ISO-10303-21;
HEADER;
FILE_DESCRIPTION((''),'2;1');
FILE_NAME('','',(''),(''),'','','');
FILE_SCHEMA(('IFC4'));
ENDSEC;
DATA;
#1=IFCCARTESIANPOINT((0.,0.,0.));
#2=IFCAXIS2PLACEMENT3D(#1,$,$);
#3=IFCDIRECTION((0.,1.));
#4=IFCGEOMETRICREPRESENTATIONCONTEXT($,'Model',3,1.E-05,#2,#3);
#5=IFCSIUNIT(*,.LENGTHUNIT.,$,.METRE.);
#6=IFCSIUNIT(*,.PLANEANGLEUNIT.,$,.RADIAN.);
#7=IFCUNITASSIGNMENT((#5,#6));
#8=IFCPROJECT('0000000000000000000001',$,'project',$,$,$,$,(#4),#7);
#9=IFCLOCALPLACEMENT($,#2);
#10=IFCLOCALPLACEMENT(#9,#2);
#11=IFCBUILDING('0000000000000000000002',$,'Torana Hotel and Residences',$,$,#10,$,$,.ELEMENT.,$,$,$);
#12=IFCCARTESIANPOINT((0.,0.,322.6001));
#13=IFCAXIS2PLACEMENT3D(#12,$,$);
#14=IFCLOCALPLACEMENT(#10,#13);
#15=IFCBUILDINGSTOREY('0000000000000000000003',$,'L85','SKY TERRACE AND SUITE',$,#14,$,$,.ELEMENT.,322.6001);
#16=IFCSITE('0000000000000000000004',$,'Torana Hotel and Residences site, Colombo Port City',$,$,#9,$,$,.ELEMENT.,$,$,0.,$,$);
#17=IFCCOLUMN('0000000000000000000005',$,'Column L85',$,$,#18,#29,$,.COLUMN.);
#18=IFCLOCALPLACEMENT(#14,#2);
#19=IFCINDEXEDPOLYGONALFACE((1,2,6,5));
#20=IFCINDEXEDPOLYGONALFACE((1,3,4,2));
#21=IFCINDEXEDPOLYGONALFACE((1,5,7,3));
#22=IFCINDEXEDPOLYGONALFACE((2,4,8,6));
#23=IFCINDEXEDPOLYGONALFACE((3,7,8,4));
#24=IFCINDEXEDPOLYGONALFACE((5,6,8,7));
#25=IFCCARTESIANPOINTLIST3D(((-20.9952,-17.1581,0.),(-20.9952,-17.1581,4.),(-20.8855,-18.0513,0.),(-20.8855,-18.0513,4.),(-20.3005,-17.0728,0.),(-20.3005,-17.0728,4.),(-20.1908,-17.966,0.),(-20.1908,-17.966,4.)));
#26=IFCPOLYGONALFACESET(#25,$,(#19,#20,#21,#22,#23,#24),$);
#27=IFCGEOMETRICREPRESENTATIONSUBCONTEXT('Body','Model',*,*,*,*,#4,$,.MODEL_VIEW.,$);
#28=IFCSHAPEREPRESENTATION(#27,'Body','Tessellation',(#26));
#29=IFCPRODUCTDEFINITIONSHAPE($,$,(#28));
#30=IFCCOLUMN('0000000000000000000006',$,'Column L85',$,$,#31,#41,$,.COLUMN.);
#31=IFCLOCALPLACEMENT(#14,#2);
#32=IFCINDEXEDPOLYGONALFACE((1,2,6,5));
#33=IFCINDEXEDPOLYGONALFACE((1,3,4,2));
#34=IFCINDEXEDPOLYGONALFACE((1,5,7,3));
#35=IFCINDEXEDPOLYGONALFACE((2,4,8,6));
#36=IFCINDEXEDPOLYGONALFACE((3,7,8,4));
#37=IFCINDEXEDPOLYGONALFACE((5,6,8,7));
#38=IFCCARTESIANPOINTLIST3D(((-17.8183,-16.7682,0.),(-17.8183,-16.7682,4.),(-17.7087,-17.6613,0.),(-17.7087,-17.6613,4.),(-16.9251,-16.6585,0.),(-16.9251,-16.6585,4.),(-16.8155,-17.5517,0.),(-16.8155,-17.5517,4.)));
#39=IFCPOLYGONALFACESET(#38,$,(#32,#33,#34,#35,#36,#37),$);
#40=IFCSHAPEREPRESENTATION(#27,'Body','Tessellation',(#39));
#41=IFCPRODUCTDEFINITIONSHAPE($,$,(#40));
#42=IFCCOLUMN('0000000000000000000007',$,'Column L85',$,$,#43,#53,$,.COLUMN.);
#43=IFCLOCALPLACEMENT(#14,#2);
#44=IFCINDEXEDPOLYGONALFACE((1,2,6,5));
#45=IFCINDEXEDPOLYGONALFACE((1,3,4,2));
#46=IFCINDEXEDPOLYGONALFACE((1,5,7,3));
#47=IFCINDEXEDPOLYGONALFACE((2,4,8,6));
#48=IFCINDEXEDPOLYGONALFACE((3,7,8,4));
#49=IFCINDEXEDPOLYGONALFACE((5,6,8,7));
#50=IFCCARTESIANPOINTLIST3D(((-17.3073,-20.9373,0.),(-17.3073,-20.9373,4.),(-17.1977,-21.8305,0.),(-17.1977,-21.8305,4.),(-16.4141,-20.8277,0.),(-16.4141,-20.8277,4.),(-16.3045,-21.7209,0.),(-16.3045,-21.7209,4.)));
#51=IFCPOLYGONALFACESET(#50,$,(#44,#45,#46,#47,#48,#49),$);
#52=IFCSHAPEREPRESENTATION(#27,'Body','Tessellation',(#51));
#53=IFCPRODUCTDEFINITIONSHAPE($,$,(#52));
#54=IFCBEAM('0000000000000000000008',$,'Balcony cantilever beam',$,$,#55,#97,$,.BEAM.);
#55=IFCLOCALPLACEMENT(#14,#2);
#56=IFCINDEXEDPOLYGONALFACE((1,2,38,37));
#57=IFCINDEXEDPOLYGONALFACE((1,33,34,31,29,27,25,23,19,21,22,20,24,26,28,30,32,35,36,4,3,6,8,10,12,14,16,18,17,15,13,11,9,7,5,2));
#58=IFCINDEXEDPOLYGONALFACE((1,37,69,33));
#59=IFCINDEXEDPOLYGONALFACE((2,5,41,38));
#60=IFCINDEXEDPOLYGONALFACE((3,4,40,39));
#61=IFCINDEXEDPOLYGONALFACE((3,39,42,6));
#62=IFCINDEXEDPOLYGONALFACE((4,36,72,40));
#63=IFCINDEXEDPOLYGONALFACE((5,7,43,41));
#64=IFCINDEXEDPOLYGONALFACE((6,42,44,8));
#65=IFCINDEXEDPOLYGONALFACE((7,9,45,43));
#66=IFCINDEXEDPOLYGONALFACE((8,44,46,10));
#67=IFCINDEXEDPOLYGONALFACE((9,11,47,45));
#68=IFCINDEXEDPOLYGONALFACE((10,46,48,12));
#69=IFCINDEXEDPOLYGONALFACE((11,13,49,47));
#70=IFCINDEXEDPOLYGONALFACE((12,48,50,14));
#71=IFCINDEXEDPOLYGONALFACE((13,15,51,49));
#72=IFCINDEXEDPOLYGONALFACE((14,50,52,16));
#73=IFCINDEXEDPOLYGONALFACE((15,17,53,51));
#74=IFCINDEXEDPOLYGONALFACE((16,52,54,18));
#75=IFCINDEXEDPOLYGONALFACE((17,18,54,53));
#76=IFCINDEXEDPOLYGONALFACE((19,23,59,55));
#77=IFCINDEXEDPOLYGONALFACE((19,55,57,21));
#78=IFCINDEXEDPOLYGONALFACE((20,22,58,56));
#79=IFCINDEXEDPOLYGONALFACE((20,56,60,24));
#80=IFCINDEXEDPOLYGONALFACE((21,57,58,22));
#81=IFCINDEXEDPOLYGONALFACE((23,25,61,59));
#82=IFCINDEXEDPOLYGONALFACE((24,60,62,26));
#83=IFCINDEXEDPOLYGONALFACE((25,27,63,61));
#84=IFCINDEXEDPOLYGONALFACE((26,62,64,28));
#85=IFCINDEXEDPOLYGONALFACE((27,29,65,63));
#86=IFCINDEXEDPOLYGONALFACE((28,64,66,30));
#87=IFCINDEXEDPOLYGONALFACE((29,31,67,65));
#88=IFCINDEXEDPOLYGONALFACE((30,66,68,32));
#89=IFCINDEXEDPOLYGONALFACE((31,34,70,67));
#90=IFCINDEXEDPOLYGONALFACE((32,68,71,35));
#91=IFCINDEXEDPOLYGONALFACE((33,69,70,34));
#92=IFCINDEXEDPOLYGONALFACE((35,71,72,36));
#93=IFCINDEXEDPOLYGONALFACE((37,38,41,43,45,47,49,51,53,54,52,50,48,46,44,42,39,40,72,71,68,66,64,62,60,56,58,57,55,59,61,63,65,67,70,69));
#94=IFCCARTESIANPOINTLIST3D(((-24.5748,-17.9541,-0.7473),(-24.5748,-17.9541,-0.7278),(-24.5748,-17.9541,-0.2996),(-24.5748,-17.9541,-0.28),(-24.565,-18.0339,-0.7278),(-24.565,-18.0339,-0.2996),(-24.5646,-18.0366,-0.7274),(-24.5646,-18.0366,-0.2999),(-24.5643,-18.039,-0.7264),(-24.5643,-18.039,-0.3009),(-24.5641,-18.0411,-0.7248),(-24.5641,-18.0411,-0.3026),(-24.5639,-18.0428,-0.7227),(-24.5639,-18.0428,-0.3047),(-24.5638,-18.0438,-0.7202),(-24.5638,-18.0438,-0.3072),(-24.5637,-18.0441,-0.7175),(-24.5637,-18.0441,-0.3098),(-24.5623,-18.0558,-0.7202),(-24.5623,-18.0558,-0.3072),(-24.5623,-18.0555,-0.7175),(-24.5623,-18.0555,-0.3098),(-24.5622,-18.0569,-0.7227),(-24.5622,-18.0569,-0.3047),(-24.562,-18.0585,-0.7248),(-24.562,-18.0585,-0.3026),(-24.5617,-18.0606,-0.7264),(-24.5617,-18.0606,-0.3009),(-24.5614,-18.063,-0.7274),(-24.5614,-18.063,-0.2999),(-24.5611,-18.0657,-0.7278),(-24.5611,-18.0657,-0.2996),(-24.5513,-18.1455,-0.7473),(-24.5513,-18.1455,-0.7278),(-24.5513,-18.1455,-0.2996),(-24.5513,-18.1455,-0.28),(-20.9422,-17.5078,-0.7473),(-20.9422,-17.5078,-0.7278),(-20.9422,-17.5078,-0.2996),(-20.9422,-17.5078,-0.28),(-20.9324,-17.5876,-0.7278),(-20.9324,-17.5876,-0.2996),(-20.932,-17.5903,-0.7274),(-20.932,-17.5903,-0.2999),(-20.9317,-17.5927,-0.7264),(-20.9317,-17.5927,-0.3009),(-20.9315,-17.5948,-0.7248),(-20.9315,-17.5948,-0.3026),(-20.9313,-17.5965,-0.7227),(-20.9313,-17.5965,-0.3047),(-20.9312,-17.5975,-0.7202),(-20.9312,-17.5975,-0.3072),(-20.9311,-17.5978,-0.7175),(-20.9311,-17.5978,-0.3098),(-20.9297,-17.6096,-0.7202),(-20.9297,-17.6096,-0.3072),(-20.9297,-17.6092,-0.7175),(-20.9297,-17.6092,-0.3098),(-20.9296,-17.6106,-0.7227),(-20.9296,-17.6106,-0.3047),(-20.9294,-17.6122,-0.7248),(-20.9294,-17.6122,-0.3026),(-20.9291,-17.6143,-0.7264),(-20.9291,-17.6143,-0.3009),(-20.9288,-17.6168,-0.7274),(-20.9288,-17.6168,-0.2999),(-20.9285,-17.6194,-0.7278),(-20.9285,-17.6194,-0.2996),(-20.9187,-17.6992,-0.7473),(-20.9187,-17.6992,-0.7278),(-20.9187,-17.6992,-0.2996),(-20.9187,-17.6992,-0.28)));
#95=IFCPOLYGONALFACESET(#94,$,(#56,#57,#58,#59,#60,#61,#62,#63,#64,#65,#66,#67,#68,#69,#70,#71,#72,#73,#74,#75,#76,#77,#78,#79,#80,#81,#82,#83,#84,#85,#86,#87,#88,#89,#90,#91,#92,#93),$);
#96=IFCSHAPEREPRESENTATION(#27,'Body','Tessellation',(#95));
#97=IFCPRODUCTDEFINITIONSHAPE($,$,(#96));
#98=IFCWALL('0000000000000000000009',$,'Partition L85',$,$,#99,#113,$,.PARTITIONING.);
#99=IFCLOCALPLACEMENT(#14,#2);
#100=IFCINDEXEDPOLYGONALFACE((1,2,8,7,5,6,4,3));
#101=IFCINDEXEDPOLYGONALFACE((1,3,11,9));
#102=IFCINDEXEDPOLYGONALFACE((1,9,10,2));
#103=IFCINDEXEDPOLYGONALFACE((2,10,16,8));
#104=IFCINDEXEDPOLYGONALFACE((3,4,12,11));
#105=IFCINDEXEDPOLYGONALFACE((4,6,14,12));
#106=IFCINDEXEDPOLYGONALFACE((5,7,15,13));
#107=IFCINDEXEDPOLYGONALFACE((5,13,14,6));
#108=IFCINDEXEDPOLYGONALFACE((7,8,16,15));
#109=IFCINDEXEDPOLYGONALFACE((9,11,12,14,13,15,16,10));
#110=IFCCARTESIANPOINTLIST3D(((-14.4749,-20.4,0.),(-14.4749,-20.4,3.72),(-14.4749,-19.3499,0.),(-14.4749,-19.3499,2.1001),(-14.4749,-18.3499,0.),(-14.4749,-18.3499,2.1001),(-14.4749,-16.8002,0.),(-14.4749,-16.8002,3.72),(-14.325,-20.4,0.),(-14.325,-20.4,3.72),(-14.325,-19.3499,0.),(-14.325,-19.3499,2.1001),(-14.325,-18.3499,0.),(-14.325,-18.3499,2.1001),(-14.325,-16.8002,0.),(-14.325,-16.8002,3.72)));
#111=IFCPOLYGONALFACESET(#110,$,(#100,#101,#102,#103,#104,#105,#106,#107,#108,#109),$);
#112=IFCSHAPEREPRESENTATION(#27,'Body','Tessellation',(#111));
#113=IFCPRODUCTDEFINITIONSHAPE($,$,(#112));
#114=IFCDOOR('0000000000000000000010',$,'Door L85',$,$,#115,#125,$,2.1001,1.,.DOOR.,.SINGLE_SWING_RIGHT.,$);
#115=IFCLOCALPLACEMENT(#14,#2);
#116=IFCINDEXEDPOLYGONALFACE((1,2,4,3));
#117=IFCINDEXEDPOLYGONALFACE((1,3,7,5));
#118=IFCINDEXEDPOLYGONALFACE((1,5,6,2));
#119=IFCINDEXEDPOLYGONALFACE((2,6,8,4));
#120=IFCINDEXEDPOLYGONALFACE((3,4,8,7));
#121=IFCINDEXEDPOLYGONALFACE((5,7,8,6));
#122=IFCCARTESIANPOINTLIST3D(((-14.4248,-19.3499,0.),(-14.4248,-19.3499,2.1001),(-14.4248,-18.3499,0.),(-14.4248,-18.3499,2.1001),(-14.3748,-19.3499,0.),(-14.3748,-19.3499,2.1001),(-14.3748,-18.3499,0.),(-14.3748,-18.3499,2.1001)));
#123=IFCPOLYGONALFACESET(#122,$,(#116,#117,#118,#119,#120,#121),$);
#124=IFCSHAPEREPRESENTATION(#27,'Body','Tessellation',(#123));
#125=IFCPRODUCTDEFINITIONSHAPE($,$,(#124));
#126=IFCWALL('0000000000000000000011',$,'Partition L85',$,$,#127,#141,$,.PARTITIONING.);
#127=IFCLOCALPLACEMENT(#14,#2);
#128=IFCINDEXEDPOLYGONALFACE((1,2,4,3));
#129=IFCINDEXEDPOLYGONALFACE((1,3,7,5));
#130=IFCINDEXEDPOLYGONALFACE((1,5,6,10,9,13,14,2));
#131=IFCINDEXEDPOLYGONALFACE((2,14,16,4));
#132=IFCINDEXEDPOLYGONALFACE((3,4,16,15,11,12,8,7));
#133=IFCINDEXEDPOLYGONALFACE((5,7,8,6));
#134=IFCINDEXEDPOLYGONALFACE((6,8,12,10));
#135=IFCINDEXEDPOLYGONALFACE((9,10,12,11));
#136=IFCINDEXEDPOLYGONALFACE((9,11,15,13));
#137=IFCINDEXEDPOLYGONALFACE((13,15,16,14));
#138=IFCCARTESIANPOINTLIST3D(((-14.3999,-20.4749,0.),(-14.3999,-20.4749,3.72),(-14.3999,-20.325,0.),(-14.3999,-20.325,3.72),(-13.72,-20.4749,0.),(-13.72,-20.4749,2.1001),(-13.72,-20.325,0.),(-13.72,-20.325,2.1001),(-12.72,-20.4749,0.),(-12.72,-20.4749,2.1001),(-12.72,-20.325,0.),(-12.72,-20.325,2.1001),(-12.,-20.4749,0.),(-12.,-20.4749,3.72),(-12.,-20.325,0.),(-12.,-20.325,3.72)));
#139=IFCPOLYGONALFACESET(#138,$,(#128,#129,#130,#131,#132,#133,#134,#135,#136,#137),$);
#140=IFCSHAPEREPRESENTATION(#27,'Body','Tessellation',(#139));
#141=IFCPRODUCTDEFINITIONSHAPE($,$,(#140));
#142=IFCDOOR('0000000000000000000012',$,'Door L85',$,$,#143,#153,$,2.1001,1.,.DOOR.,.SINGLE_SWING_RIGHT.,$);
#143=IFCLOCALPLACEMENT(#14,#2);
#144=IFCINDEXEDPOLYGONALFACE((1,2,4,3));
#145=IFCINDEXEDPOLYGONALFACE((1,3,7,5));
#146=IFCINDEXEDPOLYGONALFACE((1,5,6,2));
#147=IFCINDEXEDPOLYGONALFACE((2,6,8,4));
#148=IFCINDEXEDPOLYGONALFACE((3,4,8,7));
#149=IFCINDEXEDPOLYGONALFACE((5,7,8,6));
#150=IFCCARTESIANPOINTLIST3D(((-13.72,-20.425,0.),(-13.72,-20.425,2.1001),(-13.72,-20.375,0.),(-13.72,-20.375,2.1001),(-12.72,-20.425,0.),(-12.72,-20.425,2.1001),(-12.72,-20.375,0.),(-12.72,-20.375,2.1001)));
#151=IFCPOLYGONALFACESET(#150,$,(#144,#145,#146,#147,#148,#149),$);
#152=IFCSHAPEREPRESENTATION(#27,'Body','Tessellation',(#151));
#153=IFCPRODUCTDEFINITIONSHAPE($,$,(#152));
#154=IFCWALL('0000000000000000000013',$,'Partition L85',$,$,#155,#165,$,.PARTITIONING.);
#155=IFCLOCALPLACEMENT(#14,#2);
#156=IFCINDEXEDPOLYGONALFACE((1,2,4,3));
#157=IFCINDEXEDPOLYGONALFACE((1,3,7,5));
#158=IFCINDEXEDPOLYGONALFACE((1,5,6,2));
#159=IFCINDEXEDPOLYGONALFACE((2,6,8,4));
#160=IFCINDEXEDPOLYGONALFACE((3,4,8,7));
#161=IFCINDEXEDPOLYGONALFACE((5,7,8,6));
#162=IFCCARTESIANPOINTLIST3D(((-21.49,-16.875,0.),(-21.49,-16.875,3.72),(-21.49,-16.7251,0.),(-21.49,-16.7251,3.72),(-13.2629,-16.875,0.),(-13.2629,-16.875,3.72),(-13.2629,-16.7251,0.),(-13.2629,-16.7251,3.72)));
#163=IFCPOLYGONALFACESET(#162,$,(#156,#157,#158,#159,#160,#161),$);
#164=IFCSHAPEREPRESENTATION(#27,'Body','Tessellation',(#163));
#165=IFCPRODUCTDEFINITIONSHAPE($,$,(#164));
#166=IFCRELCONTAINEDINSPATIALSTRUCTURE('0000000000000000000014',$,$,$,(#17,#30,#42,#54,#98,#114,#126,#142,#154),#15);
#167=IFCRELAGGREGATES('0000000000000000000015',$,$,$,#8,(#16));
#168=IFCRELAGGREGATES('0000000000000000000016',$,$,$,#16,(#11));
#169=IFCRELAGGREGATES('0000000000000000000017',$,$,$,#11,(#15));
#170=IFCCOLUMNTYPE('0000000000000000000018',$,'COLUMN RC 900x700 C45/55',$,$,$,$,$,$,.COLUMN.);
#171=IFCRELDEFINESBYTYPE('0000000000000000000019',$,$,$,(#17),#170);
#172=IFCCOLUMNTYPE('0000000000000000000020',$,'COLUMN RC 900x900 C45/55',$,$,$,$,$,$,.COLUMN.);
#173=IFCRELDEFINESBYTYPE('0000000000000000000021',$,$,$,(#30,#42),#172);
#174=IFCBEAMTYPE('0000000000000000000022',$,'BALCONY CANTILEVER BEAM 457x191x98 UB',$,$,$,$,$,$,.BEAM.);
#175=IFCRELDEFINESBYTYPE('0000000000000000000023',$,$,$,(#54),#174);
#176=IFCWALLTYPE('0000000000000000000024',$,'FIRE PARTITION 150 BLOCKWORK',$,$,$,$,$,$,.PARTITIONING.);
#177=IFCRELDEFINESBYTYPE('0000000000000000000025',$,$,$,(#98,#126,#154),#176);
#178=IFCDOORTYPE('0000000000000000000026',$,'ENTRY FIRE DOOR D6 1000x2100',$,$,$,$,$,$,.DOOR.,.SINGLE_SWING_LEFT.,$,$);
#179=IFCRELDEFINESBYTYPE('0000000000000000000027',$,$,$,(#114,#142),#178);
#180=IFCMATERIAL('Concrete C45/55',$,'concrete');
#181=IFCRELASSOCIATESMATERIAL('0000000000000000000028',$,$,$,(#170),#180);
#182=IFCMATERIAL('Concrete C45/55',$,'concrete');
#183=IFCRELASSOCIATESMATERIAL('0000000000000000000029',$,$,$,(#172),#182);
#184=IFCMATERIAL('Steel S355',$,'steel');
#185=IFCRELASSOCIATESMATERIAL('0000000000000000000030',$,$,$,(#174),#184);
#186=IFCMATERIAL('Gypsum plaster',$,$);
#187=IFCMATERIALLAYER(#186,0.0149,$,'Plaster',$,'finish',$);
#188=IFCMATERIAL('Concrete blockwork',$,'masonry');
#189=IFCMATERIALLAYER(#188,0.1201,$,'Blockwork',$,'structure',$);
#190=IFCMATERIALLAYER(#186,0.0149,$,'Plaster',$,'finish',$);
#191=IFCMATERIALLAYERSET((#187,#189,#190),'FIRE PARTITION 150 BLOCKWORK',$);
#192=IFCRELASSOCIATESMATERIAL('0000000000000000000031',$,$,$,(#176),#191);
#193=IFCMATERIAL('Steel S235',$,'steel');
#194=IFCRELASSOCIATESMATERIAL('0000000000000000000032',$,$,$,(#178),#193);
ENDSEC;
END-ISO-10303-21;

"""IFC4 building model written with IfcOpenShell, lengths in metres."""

from ifc_helpers import new_model, si_unit, direction, frame, frame_2d, origin, origin_2d, place, context, subcontext, project, spatial, rectangle, i_section, extrude, material, layer, layer_set, material_profile, profile_set, type_object, element, fill, save


model = new_model("IFC4")

# Units and contexts
model_context = context("Model", 3, precision=1e-05, world=origin(), true_north=direction((0.0, 1.0)))
body_context = subcontext(model_context, "Body", "Model", "MODEL_VIEW")
ifc_project = project(units=[si_unit("LENGTHUNIT", "METRE"), si_unit("PLANEANGLEUNIT", "RADIAN")], contexts=[model_context])

# Site, building, storey
site_placement = place(None, origin())
site = spatial("IfcSite", under=ifc_project, at=site_placement, Name="Torana Hotel and Residences site, Colombo Port City", CompositionType="ELEMENT", RefElevation=0.0)
building_placement = place(site_placement, origin())
building = spatial("IfcBuilding", under=site, at=building_placement, Name="Torana Hotel and Residences", CompositionType="ELEMENT")
storey_placement = place(building_placement, frame((0.0, 0.0, 322.6001)))
storey = spatial("IfcBuildingStorey", under=building, at=storey_placement, Name="L85", Description="SKY TERRACE AND SUITE", CompositionType="ELEMENT", Elevation=322.6001)

# Columns
ifc_material_1 = material(Name="Concrete C45/55", Category="concrete")
ifc_material_profile_1 = material_profile(ifc_material_1, rectangle(XDim=0.8999, YDim=0.7, at=origin_2d()), Name="RC 900x700")
ifc_profile_set_1 = profile_set([ifc_material_profile_1], Name="Concrete C45/55")
column_type_1 = type_object("IfcColumnType", Name="COLUMN RC 900x700 C45/55", PredefinedType="COLUMN", material=ifc_profile_set_1)
column_placement = place(storey_placement, frame((-20.593, -17.562, 0.0), z_axis=(0.0, 0.0, 1.0), x_axis=(-0.121869, 0.992546, 0.0)))
element("IfcColumn", 1, at=column_placement, inside=storey, type_object=column_type_1, Name="Column L85", PredefinedType="COLUMN", context=body_context, shape_type="SweptSolid", body=[
    extrude(rectangle(XDim=0.8999, YDim=0.7, at=origin_2d()), origin(), (0.0, 0.0, 1.0), 4.0),
])
ifc_material_2 = material(Name="Concrete C45/55", Category="concrete")
ifc_material_profile_2 = material_profile(ifc_material_2, rectangle(XDim=0.8999, YDim=0.8999, at=origin_2d()), Name="RC 900x900")
ifc_profile_set_2 = profile_set([ifc_material_profile_2], Name="Concrete C45/55")
column_type_2 = type_object("IfcColumnType", Name="COLUMN RC 900x900 C45/55", PredefinedType="COLUMN", material=ifc_profile_set_2)
for number, where, z_axis, x_axis, name in (
    (2, (-17.3169, -17.1599, 0.0), (0.0, 0.0, 1.0), (0.992546, 0.121869, 0.0), "Column L85"),
    (3, (-16.8059, -21.3291, 0.0), (0.0, 0.0, 1.0), (0.992546, 0.121869, 0.0), "Column L85"),
):
    element("IfcColumn", number, at=place(storey_placement, frame(where, z_axis=z_axis, x_axis=x_axis)), inside=storey, type_object=column_type_2, Name=name, PredefinedType="COLUMN", context=body_context, shape_type="SweptSolid", body=[
        extrude(rectangle(XDim=0.8999, YDim=0.8999, at=origin_2d()), origin(), (0.0, 0.0, 1.0), 4.0),
    ])

# Beam
ifc_material_3 = material(Name="Steel S355", Category="steel")
ifc_material_profile_3 = material_profile(ifc_material_3, i_section(OverallWidth=0.1929, OverallDepth=0.4673, WebThickness=0.0115, FlangeThickness=0.0195, FilletRadius=0.0103, at=origin_2d()), Name="457x191x98 UB")
ifc_profile_set_3 = profile_set([ifc_material_profile_3], Name="Steel S355")
beam_type = type_object("IfcBeamType", Name="BALCONY CANTILEVER BEAM 457x191x98 UB", PredefinedType="BEAM", material=ifc_profile_set_3)
beam_placement = place(storey_placement, frame((-20.9304, -17.6035, -0.5137), z_axis=(-0.992537, -0.121941, 0.0), x_axis=(0.121941, -0.992537, 0.0)))
element("IfcBeam", 4, at=beam_placement, inside=storey, type_object=beam_type, Name="Balcony cantilever beam", PredefinedType="BEAM", context=body_context, shape_type="SweptSolid", body=[
    extrude(i_section(OverallWidth=0.1929, OverallDepth=0.4673, WebThickness=0.0115, FlangeThickness=0.0195, FilletRadius=0.0103, at=origin_2d()), origin(), (0.0, 0.0, 1.0), 3.6599),
])

# Walls, openings, doors
ifc_material_4 = material(Name="Gypsum plaster")
ifc_layer_1 = layer(ifc_material_4, 0.0149, Name="Plaster", Category="finish")
ifc_material_5 = material(Name="Concrete blockwork", Category="masonry")
ifc_layer_2 = layer(ifc_material_5, 0.1201, Name="Blockwork", Category="structure")
ifc_layer_3 = layer(ifc_material_4, 0.0149, Name="Plaster", Category="finish")
ifc_layer_set_1 = layer_set([ifc_layer_1, ifc_layer_2, ifc_layer_3], Name="FIRE PARTITION 150 BLOCKWORK")
wall_type_1 = type_object("IfcWallType", Name="FIRE PARTITION 150 BLOCKWORK", PredefinedType="PARTITIONING", material=ifc_layer_set_1)
wall_1_placement = place(storey_placement, frame((-14.3999, -20.3999, 0.0), z_axis=(0.0, 0.0, 1.0), x_axis=(0.0, 1.0, 0.0)))
wall_1 = element("IfcWall", 5, at=wall_1_placement, inside=storey, type_object=wall_type_1, Name="Partition L85", PredefinedType="PARTITIONING", context=body_context, shape_type="SweptSolid", body=[
    extrude(rectangle(XDim=3.5999, YDim=0.1499, at=frame_2d((1.7998, 0.0))), origin(), (0.0, 0.0, 1.0), 3.72),
])
opening_1_placement = place(wall_1_placement, frame((1.05, 0.0, 0.0)))
opening_1 = element("IfcOpeningElement", 6, at=opening_1_placement, cuts=wall_1, PredefinedType="OPENING", context=body_context, shape_type="SweptSolid", body=[
    extrude(rectangle(XDim=1.0, YDim=2.1001, at=frame_2d((0.5, 1.05))), frame((0.0, 0.085, 0.0), z_axis=(0.0, -1.0, 0.0), x_axis=(1.0, 0.0, 0.0)), (0.0, 0.0, 1.0), 0.1699),
])
ifc_material_6 = material(Name="Steel S235", Category="steel")
door_type_1 = type_object("IfcDoorType", Name="ENTRY FIRE DOOR D6 1000x2100", OperationType="SINGLE_SWING_LEFT", PredefinedType="DOOR", material=ifc_material_6)
door_1_placement = place(opening_1_placement, origin())
door_1 = element("IfcDoor", 7, at=door_1_placement, inside=storey, type_object=door_type_1, Name="Door L85", OperationType="SINGLE_SWING_RIGHT", OverallHeight=2.1001, OverallWidth=1.0, PredefinedType="DOOR", context=body_context, shape_type="SweptSolid", body=[
    extrude(rectangle(XDim=1.0, YDim=2.1001, at=frame_2d((0.5, 1.05))), frame((0.0, 0.0249, 0.0), z_axis=(0.0, -1.0, 0.0), x_axis=(1.0, 0.0, 0.0)), (0.0, 0.0, 1.0), 0.05),
])
fill(opening_1, door_1)
wall_2_placement = place(storey_placement, frame((-14.3999, -20.3999, 0.0), z_axis=(0.0, 0.0, 1.0), x_axis=(1.0, 0.0, 0.0)))
wall_2 = element("IfcWall", 8, at=wall_2_placement, inside=storey, type_object=wall_type_1, Name="Partition L85", PredefinedType="PARTITIONING", context=body_context, shape_type="SweptSolid", body=[
    extrude(rectangle(XDim=2.3999, YDim=0.1499, at=frame_2d((1.2, 0.0))), origin(), (0.0, 0.0, 1.0), 3.72),
])
opening_2_placement = place(wall_2_placement, frame((0.6799, 0.0, 0.0)))
opening_2 = element("IfcOpeningElement", 9, at=opening_2_placement, cuts=wall_2, PredefinedType="OPENING", context=body_context, shape_type="SweptSolid", body=[
    extrude(rectangle(XDim=1.0, YDim=2.1001, at=frame_2d((0.5, 1.05))), frame((0.0, 0.085, 0.0), z_axis=(0.0, -1.0, 0.0), x_axis=(1.0, 0.0, 0.0)), (0.0, 0.0, 1.0), 0.1699),
])
door_2_placement = place(opening_2_placement, frame((0.5, 0.0, 0.0), z_axis=(0.0, 0.0, 1.0), x_axis=(-1.0, 0.0, 0.0)))
door_2 = element("IfcDoor", 10, at=door_2_placement, inside=storey, type_object=door_type_1, Name="Door L85", OperationType="SINGLE_SWING_RIGHT", OverallHeight=2.1001, OverallWidth=1.0, PredefinedType="DOOR", context=body_context, shape_type="SweptSolid", body=[
    extrude(rectangle(XDim=1.0, YDim=2.1001, at=frame_2d((0.0, 1.05))), frame((0.0, -0.0249, 0.0), z_axis=(0.0, 1.0, 0.0), x_axis=(-1.0, 0.0, 0.0)), (0.0, 0.0, 1.0), 0.05),
])
fill(opening_2, door_2)

# Wall
wall_3_placement = place(storey_placement, frame((-21.49, -16.8, 0.0), z_axis=(0.0, 0.0, 1.0), x_axis=(1.0, 0.0, 0.0)))
element("IfcWall", 11, at=wall_3_placement, inside=storey, type_object=wall_type_1, Name="Partition L85", PredefinedType="PARTITIONING", context=body_context, shape_type="SweptSolid", body=[
    extrude(rectangle(XDim=8.2271, YDim=0.1499, at=frame_2d((4.1135, 0.0))), origin(), (0.0, 0.0, 1.0), 3.72),
])

save(model, "model.ifc")
